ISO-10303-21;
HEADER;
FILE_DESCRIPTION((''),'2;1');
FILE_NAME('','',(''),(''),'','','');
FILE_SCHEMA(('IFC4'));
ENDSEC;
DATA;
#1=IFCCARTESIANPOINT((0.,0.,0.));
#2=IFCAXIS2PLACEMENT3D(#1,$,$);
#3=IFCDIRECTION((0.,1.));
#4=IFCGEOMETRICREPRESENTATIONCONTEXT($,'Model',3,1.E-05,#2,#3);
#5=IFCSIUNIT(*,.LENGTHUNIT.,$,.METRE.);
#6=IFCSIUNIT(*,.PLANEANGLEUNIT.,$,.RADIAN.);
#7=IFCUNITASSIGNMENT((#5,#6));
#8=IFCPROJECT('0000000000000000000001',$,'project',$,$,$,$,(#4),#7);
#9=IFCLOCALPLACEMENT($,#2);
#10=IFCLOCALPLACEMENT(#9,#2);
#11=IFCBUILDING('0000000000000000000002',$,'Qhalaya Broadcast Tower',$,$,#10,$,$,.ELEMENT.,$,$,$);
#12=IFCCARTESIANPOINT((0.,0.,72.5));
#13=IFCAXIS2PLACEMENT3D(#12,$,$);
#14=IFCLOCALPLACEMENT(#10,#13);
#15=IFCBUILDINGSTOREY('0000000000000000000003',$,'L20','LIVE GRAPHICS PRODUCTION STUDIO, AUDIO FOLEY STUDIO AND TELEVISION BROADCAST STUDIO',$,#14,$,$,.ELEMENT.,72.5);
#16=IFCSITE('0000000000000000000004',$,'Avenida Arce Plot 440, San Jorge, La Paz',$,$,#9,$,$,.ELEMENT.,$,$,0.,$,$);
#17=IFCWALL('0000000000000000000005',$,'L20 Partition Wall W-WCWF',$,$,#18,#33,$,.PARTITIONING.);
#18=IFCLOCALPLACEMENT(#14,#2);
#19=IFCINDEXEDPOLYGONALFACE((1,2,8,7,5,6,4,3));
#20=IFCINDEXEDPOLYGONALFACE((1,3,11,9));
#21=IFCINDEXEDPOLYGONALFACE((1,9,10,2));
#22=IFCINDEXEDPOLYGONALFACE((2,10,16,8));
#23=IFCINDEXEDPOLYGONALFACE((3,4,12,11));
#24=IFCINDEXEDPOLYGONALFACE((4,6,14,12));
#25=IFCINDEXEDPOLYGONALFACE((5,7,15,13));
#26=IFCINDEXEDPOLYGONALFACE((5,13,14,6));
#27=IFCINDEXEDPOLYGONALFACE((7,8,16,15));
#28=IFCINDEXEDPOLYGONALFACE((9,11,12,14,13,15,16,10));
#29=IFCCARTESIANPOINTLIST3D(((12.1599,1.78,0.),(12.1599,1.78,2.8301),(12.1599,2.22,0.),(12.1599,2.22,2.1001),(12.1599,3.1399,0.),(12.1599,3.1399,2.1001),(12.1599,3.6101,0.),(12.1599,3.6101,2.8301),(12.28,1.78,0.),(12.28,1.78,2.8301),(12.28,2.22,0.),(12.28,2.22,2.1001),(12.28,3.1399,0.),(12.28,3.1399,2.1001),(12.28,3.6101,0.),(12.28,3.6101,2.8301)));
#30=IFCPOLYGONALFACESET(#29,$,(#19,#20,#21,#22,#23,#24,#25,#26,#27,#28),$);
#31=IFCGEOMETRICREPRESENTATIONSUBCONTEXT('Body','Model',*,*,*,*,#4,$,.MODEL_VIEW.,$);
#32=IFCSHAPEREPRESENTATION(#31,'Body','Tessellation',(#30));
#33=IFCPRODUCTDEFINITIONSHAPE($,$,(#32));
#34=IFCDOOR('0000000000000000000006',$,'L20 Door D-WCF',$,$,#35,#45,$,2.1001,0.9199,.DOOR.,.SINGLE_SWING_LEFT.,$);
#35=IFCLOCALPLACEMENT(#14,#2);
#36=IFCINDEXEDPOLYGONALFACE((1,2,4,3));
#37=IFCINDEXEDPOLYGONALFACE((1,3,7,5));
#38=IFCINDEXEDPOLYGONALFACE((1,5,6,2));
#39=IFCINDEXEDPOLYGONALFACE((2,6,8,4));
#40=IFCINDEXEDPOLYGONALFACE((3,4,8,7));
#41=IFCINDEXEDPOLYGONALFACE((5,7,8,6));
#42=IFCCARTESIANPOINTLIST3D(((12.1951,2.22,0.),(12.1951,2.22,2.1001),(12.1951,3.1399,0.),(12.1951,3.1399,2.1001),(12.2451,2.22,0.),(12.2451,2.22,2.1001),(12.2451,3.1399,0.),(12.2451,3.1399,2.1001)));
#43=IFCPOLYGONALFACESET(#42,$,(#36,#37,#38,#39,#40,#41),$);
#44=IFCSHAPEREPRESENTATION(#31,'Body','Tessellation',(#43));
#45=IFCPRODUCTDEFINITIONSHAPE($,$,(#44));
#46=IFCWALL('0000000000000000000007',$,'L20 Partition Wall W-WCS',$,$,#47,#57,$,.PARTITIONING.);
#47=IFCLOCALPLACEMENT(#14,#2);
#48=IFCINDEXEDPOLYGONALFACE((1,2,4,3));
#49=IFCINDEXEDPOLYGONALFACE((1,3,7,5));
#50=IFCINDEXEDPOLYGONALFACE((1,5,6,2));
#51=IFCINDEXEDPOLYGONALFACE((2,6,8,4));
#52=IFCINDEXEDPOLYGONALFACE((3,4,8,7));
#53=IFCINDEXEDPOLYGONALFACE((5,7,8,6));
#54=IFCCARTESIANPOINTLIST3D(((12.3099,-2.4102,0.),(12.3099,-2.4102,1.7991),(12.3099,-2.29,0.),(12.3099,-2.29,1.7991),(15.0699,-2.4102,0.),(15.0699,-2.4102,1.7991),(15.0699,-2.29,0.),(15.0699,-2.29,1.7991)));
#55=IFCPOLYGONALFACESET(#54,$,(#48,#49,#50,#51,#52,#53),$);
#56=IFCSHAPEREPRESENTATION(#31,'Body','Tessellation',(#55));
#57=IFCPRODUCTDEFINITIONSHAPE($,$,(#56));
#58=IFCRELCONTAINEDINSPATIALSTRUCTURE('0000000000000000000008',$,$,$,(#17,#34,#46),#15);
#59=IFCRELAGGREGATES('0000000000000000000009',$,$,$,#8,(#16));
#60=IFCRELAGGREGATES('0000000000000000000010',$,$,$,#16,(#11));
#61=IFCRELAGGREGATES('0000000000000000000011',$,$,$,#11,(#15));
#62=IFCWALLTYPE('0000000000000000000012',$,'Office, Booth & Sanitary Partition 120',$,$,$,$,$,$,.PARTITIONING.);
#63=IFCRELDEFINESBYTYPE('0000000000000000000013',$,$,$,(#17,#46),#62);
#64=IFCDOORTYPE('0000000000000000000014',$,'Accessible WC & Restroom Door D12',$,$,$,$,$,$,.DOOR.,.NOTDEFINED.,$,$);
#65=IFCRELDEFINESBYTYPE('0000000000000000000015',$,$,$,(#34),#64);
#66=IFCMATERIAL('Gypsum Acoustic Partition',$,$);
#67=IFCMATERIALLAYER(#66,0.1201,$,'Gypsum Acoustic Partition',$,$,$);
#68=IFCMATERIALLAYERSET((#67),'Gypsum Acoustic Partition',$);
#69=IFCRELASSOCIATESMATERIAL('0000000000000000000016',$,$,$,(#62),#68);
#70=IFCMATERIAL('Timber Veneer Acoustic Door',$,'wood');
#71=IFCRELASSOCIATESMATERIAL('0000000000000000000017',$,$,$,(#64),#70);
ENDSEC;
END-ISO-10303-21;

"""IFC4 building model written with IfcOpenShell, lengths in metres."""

from ifc_helpers import new_model, si_unit, direction, frame, frame_2d, origin, place, context, subcontext, project, spatial, rectangle, extrude, material, layer, layer_set, type_object, element, fill, save


model = new_model("IFC4")

# Units and contexts
model_context = context("Model", 3, precision=1e-05, world=origin(), true_north=direction((0.0, 1.0)))
body_context = subcontext(model_context, "Body", "Model", "MODEL_VIEW")
ifc_project = project(units=[si_unit("LENGTHUNIT", "METRE"), si_unit("PLANEANGLEUNIT", "RADIAN")], contexts=[model_context])

# Site, building, storey
site_placement = place(None, origin())
site = spatial("IfcSite", under=ifc_project, at=site_placement, Name="Avenida Arce Plot 440, San Jorge, La Paz", CompositionType="ELEMENT", RefElevation=0.0)
building_placement = place(site_placement, origin())
building = spatial("IfcBuilding", under=site, at=building_placement, Name="Qhalaya Broadcast Tower", CompositionType="ELEMENT")
storey_placement = place(building_placement, frame((0.0, 0.0, 72.5)))
storey = spatial("IfcBuildingStorey", under=building, at=storey_placement, Name="L20", Description="LIVE GRAPHICS PRODUCTION STUDIO, AUDIO FOLEY STUDIO AND TELEVISION BROADCAST STUDIO", CompositionType="ELEMENT", Elevation=72.5)

# Shared definitions
ifc_material_1 = material(Name="Gypsum Acoustic Partition")
ifc_layer_1 = layer(ifc_material_1, 0.1201, Name="Gypsum Acoustic Partition")
ifc_layer_set_1 = layer_set([ifc_layer_1], Name="Gypsum Acoustic Partition")
wall_type_1 = type_object("IfcWallType", Name="Office, Booth & Sanitary Partition 120", PredefinedType="PARTITIONING", material=ifc_layer_set_1)

# Wall, opening, door
ifc_material_2 = material(Name="Timber Veneer Acoustic Door", Category="wood")
door_type = type_object("IfcDoorType", Name="Accessible WC & Restroom Door D12", OperationType="NOTDEFINED", PredefinedType="DOOR", material=ifc_material_2)
wall_1_placement = place(storey_placement, frame((12.22, 1.78, 0.0), z_axis=(0.0, 0.0, 1.0), x_axis=(0.0, 1.0, 0.0)))
wall_1 = element("IfcWall", 1, at=wall_1_placement, inside=storey, type_object=wall_type_1, Name="L20 Partition Wall W-WCWF", PredefinedType="PARTITIONING", context=body_context, shape_type="SweptSolid", body=[
    extrude(rectangle(XDim=1.8301, YDim=0.1201, at=frame_2d((0.915, 0.0))), origin(), (0.0, 0.0, 1.0), 2.8301),
])
opening_1_placement = place(wall_1_placement, frame((0.4399, 0.0, 0.0)))
opening_1 = element("IfcOpeningElement", 2, at=opening_1_placement, cuts=wall_1, PredefinedType="OPENING", context=body_context, shape_type="SweptSolid", body=[
    extrude(rectangle(XDim=0.9199, YDim=2.1001, at=frame_2d((0.46, 1.05))), frame((0.0, 0.072, 0.0), z_axis=(0.0, -1.0, 0.0), x_axis=(1.0, 0.0, 0.0)), (0.0, 0.0, 1.0), 0.144),
])
door_1_placement = place(opening_1_placement, origin())
door_1 = element("IfcDoor", 3, at=door_1_placement, inside=storey, type_object=door_type, Name="L20 Door D-WCF", OperationType="SINGLE_SWING_LEFT", OverallHeight=2.1001, OverallWidth=0.9199, PredefinedType="DOOR", context=body_context, shape_type="SweptSolid", body=[
    extrude(rectangle(XDim=0.9199, YDim=2.1001, at=frame_2d((0.46, 1.05))), frame((0.0, 0.0249, 0.0), z_axis=(0.0, -1.0, 0.0), x_axis=(1.0, 0.0, 0.0)), (0.0, 0.0, 1.0), 0.05),
])
fill(opening_1, door_1)

# Wall
wall_2_placement = place(storey_placement, frame((12.3101, -2.3501, 0.0), z_axis=(0.0, 0.0, 1.0), x_axis=(1.0, 0.0, 0.0)))
element("IfcWall", 4, at=wall_2_placement, inside=storey, type_object=wall_type_1, Name="L20 Partition Wall W-WCS", PredefinedType="PARTITIONING", context=body_context, shape_type="SweptSolid", body=[
    extrude(rectangle(XDim=2.76, YDim=0.1201, at=frame_2d((1.3799, 0.0))), origin(), (0.0, 0.0, 1.0), 1.7991),
])

save(model, "model.ifc")
